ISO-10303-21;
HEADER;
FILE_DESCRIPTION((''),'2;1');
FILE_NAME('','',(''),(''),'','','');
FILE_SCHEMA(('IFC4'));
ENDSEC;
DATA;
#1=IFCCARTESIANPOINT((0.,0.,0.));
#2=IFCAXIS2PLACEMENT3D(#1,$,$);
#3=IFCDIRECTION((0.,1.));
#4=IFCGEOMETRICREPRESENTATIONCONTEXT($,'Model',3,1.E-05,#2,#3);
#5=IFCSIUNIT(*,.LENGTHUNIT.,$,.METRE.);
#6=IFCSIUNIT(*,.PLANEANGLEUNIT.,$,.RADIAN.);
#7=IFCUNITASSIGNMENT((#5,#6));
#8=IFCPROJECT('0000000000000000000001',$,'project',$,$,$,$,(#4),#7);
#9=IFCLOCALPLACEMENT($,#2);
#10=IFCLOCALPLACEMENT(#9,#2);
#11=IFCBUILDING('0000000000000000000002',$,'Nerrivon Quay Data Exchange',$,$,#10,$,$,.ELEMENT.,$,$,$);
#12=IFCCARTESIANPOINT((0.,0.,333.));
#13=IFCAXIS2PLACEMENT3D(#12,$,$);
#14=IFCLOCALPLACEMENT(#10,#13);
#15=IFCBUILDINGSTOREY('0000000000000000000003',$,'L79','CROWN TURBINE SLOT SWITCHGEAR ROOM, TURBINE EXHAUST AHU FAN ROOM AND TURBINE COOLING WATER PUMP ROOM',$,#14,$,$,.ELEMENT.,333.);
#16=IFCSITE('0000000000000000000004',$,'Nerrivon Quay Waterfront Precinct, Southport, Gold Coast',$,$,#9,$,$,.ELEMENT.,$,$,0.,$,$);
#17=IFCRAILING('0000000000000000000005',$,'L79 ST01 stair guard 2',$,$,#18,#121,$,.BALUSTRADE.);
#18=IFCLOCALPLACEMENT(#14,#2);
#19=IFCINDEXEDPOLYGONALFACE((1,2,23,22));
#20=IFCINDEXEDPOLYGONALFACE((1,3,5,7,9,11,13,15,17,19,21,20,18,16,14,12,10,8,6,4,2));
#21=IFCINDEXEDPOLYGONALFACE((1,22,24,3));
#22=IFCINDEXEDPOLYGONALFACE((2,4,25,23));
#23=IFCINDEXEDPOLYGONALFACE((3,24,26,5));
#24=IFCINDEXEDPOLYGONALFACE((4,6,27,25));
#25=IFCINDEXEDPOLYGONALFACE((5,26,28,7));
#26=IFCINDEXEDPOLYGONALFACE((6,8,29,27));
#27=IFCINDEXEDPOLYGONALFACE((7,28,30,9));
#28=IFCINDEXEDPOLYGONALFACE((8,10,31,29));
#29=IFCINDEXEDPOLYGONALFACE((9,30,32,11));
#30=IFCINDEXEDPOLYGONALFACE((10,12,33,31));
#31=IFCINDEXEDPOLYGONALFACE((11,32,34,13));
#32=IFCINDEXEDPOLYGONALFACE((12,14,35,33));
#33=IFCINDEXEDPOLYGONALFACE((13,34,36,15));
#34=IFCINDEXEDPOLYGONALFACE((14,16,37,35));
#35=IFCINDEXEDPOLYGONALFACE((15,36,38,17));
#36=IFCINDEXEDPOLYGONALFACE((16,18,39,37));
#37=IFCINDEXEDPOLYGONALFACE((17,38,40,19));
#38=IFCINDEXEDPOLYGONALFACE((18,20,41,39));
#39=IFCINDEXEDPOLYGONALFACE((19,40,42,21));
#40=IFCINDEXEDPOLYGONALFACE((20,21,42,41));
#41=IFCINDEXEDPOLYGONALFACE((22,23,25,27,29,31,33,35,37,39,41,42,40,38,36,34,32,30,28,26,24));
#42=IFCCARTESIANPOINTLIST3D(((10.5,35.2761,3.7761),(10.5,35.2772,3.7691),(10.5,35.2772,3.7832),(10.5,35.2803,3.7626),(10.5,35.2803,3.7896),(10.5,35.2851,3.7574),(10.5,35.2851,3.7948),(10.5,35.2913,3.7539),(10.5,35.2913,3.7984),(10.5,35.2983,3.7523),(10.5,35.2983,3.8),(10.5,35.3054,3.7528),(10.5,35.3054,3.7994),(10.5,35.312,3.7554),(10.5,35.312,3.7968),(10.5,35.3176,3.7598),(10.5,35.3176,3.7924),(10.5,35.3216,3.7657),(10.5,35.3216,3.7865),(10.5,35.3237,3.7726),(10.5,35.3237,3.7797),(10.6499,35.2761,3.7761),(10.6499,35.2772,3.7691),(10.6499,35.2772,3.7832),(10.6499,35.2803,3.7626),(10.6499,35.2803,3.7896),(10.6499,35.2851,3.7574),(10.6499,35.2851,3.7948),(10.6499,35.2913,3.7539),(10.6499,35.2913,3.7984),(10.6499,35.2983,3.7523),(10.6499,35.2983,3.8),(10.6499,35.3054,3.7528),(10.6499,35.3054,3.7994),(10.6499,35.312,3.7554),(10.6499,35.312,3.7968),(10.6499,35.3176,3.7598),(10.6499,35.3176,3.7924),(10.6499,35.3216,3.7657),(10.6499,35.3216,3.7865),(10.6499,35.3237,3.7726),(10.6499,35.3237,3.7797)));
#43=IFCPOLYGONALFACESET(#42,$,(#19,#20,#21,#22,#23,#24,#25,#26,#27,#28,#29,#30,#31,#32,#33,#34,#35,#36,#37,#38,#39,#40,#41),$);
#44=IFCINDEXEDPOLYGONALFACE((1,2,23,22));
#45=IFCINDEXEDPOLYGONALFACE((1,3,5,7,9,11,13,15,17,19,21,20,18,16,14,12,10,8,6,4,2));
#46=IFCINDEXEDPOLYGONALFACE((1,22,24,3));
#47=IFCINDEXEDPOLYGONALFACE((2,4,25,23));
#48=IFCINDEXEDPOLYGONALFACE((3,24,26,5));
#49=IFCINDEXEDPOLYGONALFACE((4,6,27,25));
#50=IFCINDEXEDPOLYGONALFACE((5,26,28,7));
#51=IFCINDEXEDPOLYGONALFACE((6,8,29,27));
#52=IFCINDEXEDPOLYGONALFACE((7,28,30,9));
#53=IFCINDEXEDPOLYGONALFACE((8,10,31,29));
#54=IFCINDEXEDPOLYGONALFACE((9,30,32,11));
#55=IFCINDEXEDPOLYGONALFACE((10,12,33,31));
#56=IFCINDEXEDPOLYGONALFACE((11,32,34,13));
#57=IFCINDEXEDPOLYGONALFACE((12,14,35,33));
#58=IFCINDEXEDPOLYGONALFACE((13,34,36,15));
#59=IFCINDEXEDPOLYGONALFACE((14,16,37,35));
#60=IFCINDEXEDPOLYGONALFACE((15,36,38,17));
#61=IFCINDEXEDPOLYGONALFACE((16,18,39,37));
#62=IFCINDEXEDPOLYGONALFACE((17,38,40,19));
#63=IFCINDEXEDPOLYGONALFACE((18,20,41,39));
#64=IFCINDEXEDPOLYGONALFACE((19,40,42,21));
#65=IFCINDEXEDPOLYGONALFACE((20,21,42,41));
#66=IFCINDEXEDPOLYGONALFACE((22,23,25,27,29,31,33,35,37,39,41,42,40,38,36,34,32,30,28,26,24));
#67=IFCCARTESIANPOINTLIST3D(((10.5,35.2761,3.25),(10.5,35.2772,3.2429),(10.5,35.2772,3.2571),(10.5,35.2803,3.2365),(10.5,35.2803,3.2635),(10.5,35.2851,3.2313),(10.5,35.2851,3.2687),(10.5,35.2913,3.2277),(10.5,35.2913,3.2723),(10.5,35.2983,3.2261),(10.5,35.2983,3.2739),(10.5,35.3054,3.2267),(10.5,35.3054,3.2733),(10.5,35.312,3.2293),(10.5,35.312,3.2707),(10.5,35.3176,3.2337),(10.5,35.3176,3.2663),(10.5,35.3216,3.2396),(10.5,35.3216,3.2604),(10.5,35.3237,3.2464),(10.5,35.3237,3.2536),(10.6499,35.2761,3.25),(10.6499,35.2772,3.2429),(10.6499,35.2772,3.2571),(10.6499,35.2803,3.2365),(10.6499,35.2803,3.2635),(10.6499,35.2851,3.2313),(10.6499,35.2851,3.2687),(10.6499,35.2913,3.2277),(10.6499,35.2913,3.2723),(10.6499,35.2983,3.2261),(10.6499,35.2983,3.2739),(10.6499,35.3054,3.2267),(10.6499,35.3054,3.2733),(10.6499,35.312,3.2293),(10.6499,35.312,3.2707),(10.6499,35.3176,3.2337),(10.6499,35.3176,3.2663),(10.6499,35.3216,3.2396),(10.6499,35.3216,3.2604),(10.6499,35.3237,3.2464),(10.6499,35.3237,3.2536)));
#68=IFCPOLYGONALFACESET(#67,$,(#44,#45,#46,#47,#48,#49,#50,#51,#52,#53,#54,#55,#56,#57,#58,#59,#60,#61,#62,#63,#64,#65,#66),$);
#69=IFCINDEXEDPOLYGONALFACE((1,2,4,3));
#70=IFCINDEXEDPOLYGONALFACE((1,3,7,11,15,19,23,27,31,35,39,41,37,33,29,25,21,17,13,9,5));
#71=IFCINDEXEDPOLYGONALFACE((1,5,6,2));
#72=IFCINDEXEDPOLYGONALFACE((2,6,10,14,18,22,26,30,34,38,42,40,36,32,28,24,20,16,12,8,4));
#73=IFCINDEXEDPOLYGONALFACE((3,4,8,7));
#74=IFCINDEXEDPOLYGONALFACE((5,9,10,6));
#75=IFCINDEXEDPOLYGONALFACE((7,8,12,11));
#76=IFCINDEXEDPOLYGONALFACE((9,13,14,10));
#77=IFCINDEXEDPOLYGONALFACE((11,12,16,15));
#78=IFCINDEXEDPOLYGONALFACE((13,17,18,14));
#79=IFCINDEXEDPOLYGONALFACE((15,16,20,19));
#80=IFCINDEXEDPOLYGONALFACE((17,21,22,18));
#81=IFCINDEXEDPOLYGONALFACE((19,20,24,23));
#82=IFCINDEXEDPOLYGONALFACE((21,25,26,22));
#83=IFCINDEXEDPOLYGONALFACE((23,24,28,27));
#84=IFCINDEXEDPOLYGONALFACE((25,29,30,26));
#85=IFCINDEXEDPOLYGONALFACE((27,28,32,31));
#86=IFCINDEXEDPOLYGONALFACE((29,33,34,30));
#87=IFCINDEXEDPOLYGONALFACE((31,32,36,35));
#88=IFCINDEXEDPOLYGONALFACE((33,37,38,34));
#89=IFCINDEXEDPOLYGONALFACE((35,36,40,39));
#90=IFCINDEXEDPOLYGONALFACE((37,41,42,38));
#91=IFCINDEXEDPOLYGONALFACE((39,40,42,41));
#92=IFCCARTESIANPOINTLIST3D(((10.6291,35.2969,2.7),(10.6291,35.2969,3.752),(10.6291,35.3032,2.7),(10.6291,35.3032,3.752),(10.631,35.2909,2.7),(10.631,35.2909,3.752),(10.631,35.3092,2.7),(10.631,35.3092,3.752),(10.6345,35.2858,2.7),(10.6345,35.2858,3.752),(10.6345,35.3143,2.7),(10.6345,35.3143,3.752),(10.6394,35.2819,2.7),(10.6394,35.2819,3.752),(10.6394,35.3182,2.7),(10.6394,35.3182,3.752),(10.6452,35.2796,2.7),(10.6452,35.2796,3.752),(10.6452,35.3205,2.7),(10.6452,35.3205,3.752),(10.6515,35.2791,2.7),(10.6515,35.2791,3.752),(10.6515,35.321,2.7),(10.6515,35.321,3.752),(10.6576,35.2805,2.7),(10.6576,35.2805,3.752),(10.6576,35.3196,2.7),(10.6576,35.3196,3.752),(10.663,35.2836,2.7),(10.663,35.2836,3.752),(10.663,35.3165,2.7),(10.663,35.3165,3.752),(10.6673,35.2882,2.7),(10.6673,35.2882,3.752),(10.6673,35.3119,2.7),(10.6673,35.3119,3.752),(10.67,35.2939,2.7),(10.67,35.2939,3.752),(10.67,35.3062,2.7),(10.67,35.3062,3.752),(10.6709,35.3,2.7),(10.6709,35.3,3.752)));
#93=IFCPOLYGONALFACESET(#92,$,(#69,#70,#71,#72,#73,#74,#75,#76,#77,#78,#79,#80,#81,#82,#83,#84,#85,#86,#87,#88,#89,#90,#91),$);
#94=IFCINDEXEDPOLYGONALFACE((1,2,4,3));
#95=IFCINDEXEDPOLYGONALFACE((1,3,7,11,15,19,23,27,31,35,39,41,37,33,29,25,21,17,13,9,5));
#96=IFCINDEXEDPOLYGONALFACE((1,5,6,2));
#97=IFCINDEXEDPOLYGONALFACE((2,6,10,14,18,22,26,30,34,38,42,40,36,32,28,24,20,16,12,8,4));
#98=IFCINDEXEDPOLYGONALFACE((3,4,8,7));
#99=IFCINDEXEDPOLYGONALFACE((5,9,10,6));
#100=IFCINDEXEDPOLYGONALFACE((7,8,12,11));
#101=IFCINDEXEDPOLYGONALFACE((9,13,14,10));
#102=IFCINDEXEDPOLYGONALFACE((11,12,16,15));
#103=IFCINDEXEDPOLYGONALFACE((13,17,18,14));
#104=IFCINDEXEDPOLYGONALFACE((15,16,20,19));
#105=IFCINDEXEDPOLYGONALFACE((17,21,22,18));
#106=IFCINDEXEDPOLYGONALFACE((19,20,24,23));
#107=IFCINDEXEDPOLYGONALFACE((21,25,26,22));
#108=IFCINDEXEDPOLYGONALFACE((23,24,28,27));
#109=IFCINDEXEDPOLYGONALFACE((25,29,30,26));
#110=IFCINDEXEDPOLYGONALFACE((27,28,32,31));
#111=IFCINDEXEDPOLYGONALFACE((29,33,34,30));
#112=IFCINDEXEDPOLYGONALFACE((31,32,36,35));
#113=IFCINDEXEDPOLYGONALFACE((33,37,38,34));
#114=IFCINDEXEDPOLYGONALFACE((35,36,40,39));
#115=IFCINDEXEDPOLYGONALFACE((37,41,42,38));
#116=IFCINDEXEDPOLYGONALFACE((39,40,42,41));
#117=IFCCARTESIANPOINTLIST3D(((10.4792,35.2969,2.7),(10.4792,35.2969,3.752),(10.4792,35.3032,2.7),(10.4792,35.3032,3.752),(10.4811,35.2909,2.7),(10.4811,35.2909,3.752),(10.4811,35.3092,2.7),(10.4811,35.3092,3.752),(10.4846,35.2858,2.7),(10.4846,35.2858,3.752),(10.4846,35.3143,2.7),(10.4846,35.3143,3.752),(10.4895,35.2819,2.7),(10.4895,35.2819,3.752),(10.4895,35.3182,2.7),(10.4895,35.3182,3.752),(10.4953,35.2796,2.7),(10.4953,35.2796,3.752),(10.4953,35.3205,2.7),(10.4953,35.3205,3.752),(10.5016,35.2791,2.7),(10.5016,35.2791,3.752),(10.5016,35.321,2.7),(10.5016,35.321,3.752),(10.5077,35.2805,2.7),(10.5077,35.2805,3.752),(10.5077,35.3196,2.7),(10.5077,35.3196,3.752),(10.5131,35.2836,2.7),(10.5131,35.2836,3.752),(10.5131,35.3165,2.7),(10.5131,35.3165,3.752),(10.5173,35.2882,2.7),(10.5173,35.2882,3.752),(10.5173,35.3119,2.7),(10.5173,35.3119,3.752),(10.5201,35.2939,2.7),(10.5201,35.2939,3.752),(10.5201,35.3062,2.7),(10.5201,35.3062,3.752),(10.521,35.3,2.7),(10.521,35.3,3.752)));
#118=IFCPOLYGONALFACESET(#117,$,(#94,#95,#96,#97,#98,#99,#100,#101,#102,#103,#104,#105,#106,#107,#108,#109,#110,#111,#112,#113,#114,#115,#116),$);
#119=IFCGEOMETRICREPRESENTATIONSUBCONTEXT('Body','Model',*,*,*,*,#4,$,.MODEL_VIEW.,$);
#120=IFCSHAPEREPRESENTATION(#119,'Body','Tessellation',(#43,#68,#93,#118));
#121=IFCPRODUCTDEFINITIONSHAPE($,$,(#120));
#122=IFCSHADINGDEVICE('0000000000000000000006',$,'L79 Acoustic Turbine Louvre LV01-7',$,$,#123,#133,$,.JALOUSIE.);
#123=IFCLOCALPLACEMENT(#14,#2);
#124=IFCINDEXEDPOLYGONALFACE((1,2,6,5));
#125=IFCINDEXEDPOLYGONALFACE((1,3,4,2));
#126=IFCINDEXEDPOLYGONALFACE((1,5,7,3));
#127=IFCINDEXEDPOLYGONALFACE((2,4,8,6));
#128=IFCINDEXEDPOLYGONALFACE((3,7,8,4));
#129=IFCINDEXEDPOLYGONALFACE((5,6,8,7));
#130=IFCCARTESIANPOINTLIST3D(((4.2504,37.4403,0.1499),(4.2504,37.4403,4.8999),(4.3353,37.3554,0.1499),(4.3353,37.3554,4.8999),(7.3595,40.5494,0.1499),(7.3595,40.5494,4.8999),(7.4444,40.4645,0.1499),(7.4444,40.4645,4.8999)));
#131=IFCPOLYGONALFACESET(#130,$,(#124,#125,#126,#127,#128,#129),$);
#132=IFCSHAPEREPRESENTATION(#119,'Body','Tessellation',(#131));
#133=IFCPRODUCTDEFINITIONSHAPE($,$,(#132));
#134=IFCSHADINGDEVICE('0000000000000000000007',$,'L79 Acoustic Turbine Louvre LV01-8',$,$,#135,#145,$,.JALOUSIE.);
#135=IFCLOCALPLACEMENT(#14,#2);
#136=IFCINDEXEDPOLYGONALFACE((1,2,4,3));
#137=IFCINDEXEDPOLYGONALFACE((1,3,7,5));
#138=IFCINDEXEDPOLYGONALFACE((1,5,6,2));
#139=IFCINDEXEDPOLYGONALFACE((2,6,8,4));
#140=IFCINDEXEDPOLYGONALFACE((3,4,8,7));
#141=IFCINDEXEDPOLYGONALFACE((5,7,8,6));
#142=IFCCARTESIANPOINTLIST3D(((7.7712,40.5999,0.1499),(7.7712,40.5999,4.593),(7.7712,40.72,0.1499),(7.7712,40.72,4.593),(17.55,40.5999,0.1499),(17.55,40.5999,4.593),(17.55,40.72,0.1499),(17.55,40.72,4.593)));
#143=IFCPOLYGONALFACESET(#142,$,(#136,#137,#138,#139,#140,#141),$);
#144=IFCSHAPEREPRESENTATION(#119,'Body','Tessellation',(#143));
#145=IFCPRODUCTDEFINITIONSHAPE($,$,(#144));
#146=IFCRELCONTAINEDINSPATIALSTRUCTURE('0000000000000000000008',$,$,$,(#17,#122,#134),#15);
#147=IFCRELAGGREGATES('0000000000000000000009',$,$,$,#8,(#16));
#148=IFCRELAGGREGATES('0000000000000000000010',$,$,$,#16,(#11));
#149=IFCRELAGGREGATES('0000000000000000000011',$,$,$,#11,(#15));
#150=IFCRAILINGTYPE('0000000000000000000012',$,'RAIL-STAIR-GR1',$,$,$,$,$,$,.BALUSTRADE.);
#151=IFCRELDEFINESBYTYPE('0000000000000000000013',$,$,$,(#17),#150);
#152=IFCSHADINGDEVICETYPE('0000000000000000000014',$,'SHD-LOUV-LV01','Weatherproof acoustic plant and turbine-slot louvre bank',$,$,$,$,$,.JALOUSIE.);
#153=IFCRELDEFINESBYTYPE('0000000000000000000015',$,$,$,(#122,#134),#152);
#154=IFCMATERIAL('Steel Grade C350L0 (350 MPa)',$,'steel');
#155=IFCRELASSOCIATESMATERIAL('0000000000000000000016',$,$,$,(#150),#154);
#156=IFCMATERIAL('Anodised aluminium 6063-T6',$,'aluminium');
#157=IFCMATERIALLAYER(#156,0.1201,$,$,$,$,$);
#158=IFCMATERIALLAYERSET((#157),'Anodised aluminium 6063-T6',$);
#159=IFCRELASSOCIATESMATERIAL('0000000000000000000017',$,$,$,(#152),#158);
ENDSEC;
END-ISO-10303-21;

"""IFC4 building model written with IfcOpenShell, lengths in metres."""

from ifc_helpers import new_model, si_unit, direction, frame, origin, origin_2d, place, context, subcontext, project, spatial, rectangle, circle, extrude, material, layer, layer_set, type_object, element, save


model = new_model("IFC4")

# Units and contexts
model_context = context("Model", 3, precision=1e-05, world=origin(), true_north=direction((0.0, 1.0)))
body_context = subcontext(model_context, "Body", "Model", "MODEL_VIEW")
ifc_project = project(units=[si_unit("LENGTHUNIT", "METRE"), si_unit("PLANEANGLEUNIT", "RADIAN")], contexts=[model_context])

# Site, building, storey
site_placement = place(None, origin())
site = spatial("IfcSite", under=ifc_project, at=site_placement, Name="Nerrivon Quay Waterfront Precinct, Southport, Gold Coast", CompositionType="ELEMENT", RefElevation=0.0)
building_placement = place(site_placement, origin())
building = spatial("IfcBuilding", under=site, at=building_placement, Name="Nerrivon Quay Data Exchange", CompositionType="ELEMENT")
storey_placement = place(building_placement, frame((0.0, 0.0, 333.0)))
storey = spatial("IfcBuildingStorey", under=building, at=storey_placement, Name="L79", Description="CROWN TURBINE SLOT SWITCHGEAR ROOM, TURBINE EXHAUST AHU FAN ROOM AND TURBINE COOLING WATER PUMP ROOM", CompositionType="ELEMENT", Elevation=333.0)

# Railing
ifc_material_1 = material(Name="Steel Grade C350L0 (350 MPa)", Category="steel")
railing_type_1 = type_object("IfcRailingType", Name="RAIL-STAIR-GR1", PredefinedType="BALUSTRADE", material=ifc_material_1)
railing_1_placement = place(storey_placement, frame((10.6499, 35.3, 2.7)))
element("IfcRailing", 1, at=railing_1_placement, inside=storey, type_object=railing_type_1, Name="L79 ST01 stair guard 2", PredefinedType="BALUSTRADE", context=body_context, shape_type="SweptSolid", body=[
    extrude(circle(Radius=0.0239, at=origin_2d()), frame((0.0, 0.0, 1.0762), z_axis=(-1.0, 0.0, 0.0), x_axis=(0.0, -1.0, 0.0)), (0.0, 0.0, 1.0), 0.1499),
    extrude(circle(Radius=0.0239, at=origin_2d()), frame((0.0, 0.0, 0.55), z_axis=(-1.0, 0.0, 0.0), x_axis=(0.0, -1.0, 0.0)), (0.0, 0.0, 1.0), 0.1499),
    extrude(circle(Radius=0.021, at=origin_2d()), origin(), (0.0, 0.0, 1.0), 1.052),
    extrude(circle(Radius=0.021, at=origin_2d()), frame((-0.1499, 0.0, 0.0)), (0.0, 0.0, 1.0), 1.052),
])

# Shading devices
ifc_material_2 = material(Name="Anodised aluminium 6063-T6", Category="aluminium")
ifc_layer_1 = layer(ifc_material_2, 0.1201)
ifc_layer_set_1 = layer_set([ifc_layer_1], Name="Anodised aluminium 6063-T6")
shading_device_type = type_object("IfcShadingDeviceType", Name="SHD-LOUV-LV01", Description="Weatherproof acoustic plant and turbine-slot louvre bank", PredefinedType="JALOUSIE", material=ifc_layer_set_1)
shading_device_1_placement = place(storey_placement, frame((5.8474, 38.9524, 0.1499), z_axis=(0.0, 0.0, 1.0), x_axis=(0.707107, 0.707107, 0.0)))
element("IfcShadingDevice", 2, at=shading_device_1_placement, inside=storey, type_object=shading_device_type, Name="L79 Acoustic Turbine Louvre LV01-7", PredefinedType="JALOUSIE", context=body_context, shape_type="SweptSolid", body=[
    extrude(rectangle(XDim=4.397, YDim=0.1201, at=origin_2d()), origin(), (0.0, 0.0, 1.0), 4.75),
])
shading_device_2_placement = place(storey_placement, frame((12.6606, 40.6599, 0.1499), z_axis=(0.0, 0.0, 1.0), x_axis=(1.0, 0.0, 0.0)))
element("IfcShadingDevice", 3, at=shading_device_2_placement, inside=storey, type_object=shading_device_type, Name="L79 Acoustic Turbine Louvre LV01-8", PredefinedType="JALOUSIE", context=body_context, shape_type="SweptSolid", body=[
    extrude(rectangle(XDim=9.7788, YDim=0.1201, at=origin_2d()), origin(), (0.0, 0.0, 1.0), 4.4431),
])

save(model, "model.ifc")
